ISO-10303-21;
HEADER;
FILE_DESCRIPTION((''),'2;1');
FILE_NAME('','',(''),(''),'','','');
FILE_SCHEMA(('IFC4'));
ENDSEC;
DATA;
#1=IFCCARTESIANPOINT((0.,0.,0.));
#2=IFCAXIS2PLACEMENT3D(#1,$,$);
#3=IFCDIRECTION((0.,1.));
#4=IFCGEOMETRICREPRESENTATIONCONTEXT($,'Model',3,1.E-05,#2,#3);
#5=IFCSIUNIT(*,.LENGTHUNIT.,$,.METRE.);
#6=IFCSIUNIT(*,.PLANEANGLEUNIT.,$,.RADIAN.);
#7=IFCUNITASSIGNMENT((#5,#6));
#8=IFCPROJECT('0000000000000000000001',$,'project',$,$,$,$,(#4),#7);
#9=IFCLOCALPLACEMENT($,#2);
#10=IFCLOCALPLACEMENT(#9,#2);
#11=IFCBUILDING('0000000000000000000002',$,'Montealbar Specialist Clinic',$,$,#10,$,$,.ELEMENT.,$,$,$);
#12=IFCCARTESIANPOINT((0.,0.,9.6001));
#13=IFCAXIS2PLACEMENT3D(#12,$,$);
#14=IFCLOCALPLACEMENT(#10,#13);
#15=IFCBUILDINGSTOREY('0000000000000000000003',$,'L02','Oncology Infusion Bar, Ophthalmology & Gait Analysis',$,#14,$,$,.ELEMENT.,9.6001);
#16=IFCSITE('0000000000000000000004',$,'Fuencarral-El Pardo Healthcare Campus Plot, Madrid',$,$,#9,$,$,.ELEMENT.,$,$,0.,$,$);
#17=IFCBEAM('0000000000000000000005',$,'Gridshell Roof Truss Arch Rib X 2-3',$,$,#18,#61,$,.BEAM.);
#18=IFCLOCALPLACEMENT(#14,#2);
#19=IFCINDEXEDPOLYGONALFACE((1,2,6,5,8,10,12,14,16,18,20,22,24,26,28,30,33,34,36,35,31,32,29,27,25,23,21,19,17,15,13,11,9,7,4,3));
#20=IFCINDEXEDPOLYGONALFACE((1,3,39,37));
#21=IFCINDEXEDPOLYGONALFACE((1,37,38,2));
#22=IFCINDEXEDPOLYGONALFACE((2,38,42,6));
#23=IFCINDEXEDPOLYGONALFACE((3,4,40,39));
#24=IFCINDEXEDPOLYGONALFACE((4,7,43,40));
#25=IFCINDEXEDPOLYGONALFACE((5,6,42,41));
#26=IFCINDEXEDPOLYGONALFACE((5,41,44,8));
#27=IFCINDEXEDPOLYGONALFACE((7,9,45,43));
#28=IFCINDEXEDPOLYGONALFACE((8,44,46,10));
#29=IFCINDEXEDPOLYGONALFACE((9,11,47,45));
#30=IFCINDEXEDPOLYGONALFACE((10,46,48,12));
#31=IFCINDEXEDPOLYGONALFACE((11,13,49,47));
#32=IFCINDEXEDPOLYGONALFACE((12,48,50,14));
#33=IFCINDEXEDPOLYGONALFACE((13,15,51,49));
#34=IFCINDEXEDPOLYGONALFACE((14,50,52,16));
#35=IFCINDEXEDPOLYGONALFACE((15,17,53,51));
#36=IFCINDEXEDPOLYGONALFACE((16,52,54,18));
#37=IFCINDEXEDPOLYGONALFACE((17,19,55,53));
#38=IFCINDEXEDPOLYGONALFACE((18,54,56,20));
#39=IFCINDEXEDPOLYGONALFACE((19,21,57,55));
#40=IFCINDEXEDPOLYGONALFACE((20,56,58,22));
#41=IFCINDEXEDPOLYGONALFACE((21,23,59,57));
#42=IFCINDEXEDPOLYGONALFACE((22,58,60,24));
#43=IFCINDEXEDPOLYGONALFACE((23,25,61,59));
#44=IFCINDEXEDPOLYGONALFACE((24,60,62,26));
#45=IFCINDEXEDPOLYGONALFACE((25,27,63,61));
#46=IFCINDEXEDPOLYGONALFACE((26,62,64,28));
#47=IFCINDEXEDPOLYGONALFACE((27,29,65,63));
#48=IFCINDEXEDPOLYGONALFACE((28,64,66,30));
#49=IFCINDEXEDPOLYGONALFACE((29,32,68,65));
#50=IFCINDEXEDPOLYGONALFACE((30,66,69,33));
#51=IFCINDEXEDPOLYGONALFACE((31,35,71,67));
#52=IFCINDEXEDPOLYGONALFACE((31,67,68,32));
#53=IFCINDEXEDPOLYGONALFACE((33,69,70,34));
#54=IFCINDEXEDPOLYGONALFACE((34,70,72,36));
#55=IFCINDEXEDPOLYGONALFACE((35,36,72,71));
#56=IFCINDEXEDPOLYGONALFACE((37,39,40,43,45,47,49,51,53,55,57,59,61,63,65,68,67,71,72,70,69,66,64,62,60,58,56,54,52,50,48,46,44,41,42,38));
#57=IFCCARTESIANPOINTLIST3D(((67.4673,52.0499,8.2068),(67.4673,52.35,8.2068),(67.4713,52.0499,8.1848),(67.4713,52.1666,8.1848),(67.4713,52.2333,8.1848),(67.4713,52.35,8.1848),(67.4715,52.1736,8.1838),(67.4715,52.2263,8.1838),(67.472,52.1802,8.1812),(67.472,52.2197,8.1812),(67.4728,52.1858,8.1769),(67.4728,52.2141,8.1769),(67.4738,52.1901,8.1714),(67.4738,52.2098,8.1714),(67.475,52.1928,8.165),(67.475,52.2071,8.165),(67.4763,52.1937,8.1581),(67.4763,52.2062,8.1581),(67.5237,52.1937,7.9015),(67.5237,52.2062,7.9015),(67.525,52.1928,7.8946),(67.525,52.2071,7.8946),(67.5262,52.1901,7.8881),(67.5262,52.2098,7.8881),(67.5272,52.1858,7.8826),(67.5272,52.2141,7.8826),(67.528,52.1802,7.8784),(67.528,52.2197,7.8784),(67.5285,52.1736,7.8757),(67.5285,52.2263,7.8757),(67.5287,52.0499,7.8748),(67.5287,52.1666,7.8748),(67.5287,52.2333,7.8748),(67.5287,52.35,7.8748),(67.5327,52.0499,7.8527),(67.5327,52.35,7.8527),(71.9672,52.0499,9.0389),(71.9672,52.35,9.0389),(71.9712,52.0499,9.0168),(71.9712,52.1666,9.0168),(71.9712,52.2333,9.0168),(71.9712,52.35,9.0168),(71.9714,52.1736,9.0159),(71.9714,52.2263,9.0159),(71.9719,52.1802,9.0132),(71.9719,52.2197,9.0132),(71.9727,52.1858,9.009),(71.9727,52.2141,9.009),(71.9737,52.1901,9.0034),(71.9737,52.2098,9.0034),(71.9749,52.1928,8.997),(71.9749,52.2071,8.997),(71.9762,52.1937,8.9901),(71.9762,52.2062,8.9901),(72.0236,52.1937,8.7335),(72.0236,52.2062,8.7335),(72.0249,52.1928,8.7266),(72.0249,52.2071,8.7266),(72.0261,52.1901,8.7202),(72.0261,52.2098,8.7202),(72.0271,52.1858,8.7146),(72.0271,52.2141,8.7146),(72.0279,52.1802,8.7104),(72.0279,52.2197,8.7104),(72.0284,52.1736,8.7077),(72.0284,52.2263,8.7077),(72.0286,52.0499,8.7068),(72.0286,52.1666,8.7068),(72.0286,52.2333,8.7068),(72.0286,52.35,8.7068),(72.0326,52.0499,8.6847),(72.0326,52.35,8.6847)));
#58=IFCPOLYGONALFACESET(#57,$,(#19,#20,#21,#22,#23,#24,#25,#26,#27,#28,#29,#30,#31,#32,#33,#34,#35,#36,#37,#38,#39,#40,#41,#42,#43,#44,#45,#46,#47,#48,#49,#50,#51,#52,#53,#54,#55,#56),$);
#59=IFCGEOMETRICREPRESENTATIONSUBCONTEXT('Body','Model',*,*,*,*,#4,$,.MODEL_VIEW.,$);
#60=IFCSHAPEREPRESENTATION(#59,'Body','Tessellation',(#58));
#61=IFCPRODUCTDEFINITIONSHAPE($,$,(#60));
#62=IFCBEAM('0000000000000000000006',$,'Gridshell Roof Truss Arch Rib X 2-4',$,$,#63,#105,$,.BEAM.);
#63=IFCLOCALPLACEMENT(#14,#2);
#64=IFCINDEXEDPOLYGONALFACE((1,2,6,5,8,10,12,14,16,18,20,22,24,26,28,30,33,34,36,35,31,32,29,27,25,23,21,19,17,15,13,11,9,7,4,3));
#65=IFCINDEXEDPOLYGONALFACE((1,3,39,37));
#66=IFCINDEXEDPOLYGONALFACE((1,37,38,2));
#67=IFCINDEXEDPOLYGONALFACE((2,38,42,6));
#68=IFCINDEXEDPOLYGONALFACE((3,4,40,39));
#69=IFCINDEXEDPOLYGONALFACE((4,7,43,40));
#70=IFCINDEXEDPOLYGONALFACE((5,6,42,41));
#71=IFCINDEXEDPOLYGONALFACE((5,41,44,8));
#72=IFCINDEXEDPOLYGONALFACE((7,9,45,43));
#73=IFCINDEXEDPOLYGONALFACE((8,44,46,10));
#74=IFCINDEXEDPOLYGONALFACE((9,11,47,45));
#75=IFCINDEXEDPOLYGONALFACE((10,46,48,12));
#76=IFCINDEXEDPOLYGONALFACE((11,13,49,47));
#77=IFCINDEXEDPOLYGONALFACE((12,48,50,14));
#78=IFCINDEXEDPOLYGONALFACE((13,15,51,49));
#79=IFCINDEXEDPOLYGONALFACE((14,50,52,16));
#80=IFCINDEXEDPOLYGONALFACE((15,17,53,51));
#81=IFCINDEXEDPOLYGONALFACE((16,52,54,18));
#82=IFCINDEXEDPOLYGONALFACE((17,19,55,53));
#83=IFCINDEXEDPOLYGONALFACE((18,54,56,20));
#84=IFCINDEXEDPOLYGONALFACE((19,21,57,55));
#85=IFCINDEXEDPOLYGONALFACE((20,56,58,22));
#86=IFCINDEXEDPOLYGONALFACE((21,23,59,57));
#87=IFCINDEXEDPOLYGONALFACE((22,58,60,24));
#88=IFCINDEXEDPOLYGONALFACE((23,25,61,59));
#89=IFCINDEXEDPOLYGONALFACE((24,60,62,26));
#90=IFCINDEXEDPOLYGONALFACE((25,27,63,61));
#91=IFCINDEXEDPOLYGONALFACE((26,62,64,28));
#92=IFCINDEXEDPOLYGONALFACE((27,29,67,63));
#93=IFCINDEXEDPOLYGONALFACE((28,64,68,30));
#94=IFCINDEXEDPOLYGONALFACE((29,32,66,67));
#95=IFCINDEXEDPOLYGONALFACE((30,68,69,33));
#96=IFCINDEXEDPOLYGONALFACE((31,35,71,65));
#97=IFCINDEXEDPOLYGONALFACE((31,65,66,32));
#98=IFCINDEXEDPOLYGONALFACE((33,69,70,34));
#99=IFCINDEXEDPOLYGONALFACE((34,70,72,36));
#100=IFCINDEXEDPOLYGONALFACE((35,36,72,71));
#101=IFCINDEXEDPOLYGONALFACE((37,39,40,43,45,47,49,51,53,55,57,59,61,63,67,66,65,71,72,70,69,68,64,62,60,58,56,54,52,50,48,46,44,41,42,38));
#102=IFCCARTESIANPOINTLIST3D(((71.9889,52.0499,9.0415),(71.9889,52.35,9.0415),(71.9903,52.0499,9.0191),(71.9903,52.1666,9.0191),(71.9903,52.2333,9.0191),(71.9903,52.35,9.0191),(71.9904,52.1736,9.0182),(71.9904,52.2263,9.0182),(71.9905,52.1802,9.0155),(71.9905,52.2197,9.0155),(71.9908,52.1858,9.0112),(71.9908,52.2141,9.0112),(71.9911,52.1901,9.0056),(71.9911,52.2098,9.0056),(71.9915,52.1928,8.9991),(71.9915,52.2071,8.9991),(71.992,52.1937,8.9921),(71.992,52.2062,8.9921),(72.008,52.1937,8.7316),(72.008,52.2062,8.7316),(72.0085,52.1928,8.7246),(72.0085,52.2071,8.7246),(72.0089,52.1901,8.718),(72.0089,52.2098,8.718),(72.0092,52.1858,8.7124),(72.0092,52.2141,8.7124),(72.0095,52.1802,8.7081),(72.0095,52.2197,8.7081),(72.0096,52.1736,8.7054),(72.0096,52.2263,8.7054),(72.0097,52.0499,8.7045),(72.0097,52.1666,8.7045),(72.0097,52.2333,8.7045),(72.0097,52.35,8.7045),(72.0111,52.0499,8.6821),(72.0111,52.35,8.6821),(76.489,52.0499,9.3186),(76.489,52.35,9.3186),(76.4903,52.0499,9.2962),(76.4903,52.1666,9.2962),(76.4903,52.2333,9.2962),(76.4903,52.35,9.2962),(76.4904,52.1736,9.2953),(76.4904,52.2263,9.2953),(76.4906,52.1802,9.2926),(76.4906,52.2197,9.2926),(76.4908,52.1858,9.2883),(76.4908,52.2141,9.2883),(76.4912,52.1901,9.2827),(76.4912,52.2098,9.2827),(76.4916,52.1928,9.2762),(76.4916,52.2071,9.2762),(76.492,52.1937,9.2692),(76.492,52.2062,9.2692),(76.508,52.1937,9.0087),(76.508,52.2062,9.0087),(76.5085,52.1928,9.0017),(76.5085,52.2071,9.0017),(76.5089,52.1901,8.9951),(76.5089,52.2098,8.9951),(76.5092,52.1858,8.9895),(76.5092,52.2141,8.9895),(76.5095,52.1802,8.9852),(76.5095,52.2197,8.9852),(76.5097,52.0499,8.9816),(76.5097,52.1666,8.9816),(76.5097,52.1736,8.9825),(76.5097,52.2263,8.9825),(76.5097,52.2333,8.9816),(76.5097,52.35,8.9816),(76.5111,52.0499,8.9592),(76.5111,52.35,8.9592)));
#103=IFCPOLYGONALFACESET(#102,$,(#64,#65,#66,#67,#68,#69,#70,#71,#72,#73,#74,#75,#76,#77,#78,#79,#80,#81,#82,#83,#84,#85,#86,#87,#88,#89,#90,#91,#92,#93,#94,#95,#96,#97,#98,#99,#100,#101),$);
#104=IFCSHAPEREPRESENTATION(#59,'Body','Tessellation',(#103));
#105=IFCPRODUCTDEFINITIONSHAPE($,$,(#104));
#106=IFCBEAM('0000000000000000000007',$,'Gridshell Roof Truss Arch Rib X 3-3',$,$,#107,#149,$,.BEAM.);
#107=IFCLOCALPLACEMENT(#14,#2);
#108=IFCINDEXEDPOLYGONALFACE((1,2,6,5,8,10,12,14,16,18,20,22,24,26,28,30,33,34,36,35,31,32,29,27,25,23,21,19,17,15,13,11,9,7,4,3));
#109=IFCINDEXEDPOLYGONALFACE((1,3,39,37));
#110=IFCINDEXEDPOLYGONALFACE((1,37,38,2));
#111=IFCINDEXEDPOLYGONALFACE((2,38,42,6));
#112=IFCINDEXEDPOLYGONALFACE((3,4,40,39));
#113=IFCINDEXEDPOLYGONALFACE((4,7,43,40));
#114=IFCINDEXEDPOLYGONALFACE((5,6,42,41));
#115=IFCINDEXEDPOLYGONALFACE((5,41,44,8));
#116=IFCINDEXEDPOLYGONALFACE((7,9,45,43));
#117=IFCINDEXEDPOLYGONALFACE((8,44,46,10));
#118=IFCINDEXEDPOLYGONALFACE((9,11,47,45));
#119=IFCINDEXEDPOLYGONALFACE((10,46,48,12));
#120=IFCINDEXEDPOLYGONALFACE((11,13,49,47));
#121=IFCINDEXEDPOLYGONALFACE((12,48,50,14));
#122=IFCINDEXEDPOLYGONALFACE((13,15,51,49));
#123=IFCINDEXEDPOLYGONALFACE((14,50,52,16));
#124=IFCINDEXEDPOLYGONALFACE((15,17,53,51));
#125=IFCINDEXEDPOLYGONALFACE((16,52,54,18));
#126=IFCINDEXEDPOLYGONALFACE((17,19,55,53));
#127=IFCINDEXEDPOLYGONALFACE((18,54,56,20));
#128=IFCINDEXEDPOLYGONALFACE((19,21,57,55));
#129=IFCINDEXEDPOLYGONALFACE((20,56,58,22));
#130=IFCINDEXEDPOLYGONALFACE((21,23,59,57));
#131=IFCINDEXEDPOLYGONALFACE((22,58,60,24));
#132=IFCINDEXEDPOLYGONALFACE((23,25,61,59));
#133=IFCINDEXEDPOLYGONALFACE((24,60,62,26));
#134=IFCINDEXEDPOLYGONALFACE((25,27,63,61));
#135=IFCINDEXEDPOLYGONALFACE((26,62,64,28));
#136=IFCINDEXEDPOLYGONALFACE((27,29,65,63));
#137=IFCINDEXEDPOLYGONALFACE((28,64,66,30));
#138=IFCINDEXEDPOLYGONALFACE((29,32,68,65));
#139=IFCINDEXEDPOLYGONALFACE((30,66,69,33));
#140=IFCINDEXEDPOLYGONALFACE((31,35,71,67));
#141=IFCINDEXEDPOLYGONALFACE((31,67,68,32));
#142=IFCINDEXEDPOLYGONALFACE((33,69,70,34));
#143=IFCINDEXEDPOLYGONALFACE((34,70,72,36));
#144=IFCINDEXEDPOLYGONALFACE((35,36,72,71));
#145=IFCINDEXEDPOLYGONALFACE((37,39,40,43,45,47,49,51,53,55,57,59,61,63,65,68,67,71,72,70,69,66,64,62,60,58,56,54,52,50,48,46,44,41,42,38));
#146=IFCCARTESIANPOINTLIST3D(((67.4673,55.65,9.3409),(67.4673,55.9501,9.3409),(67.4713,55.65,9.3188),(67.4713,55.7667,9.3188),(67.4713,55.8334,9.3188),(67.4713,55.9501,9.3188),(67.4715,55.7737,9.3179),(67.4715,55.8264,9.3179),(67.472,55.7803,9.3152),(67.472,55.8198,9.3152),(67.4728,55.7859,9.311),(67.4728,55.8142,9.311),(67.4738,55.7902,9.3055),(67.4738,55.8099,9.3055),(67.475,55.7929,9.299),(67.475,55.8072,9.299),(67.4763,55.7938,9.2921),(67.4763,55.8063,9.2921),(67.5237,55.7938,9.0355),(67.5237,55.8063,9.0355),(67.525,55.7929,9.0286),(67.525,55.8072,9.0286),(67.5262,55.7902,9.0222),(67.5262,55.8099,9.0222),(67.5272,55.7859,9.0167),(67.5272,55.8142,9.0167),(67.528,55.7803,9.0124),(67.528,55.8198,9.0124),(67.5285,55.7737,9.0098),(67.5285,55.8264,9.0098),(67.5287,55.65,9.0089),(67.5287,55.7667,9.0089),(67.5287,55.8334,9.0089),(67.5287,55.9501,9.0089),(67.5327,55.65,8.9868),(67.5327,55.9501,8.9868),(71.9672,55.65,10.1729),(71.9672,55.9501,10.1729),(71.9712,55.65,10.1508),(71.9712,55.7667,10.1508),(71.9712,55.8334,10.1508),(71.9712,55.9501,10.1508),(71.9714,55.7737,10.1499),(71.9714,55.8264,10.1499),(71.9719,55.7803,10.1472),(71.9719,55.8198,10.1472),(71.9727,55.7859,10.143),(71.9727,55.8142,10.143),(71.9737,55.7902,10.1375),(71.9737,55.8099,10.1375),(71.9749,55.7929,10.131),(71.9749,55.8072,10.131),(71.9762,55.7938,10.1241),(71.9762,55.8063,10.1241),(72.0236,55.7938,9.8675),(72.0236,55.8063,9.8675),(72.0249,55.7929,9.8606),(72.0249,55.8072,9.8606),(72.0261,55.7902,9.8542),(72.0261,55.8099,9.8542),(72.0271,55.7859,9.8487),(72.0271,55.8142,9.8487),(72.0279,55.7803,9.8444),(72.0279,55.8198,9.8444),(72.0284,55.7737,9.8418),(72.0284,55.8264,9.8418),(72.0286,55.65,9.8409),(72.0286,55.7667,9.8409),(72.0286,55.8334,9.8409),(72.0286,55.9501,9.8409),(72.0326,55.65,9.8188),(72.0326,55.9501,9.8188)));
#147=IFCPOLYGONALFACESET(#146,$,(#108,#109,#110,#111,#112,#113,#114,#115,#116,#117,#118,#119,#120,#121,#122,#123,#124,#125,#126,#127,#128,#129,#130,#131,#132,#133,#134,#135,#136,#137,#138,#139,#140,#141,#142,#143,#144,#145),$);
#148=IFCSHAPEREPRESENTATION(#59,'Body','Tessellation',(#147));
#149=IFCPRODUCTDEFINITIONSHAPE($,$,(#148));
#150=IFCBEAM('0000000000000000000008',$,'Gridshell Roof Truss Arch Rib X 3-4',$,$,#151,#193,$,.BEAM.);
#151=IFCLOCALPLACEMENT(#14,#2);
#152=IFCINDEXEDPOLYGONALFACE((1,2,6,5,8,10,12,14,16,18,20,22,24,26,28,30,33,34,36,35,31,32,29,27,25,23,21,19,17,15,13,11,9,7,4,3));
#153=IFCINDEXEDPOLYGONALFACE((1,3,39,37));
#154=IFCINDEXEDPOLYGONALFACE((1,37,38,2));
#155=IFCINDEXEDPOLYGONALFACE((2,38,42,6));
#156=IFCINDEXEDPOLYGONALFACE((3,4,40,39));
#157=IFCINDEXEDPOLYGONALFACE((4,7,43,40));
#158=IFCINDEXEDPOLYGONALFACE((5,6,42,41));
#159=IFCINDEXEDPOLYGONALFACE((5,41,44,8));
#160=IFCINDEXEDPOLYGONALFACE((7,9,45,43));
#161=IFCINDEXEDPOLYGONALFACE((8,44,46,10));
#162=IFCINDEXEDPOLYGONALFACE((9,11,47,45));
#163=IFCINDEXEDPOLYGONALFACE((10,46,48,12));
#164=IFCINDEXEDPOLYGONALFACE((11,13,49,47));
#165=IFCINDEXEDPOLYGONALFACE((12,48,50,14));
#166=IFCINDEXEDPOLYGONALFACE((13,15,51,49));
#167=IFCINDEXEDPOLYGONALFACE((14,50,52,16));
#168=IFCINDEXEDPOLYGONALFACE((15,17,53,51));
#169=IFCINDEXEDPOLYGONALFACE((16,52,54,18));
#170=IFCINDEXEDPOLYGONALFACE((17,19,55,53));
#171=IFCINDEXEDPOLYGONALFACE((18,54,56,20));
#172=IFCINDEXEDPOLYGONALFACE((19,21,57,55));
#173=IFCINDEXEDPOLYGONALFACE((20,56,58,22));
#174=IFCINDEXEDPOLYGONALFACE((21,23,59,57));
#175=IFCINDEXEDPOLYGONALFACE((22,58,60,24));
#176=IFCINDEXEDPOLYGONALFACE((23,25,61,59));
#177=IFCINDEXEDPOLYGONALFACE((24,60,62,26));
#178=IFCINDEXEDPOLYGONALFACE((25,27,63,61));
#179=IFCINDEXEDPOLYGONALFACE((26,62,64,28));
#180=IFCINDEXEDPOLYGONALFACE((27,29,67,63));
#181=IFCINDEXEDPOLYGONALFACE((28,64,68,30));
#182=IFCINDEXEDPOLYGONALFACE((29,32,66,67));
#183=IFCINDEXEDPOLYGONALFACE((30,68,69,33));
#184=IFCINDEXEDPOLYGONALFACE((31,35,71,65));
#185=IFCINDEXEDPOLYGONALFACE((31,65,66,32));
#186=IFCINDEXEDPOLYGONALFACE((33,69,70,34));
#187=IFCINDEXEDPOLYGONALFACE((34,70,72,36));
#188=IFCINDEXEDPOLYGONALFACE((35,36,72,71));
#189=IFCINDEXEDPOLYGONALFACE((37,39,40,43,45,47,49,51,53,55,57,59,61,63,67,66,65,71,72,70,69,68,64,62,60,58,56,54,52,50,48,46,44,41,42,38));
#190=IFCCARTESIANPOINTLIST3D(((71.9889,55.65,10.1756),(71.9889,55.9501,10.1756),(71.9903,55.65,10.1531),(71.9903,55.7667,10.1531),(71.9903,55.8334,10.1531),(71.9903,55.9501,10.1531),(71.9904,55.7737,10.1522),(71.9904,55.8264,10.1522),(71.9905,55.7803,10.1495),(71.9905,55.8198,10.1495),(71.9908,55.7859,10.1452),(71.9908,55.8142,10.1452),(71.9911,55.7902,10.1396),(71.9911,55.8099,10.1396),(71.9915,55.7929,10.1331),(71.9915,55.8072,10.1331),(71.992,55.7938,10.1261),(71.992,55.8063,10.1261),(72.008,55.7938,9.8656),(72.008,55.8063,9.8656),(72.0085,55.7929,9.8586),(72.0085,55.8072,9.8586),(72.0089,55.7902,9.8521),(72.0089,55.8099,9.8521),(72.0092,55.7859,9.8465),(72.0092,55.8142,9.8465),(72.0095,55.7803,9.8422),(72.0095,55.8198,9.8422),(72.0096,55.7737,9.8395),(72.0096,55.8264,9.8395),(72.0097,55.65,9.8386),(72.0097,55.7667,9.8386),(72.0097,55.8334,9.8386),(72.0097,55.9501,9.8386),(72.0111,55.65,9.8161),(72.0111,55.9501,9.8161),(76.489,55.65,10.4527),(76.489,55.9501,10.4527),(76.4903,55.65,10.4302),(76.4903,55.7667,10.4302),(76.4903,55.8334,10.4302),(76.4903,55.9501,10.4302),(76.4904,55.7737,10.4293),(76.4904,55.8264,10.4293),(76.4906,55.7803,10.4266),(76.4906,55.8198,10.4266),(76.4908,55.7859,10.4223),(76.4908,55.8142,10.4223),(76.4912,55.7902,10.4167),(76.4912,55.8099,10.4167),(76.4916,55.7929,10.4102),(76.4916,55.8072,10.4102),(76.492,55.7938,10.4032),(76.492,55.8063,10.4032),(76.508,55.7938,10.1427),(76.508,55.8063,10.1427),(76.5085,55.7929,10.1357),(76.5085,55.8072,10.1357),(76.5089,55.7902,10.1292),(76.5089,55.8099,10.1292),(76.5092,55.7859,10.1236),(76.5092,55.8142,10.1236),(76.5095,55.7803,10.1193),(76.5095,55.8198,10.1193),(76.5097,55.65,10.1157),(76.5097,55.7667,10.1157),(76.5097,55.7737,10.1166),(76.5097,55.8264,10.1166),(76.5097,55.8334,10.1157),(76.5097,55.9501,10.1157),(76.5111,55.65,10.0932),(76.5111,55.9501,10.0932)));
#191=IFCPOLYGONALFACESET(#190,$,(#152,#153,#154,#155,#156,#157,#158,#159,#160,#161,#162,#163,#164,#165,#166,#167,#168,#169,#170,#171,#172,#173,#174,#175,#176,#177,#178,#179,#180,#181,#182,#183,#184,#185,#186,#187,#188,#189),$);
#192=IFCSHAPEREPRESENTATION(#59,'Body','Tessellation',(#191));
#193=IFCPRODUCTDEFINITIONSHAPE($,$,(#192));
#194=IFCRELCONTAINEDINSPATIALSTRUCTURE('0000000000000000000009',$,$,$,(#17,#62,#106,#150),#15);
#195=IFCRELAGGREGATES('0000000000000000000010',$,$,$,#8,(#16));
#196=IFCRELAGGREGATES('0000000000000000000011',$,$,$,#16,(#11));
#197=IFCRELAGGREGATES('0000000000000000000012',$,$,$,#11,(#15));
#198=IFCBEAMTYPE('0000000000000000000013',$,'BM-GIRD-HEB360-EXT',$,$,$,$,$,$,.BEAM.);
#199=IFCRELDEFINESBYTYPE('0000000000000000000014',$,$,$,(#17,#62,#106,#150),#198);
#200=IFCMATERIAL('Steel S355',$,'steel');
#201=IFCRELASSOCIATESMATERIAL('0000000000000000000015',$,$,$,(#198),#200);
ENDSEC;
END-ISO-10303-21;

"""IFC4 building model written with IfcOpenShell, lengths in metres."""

from ifc_helpers import new_model, si_unit, direction, frame, origin, origin_2d, place, context, subcontext, project, spatial, i_section, extrude, material, material_profile, profile_set, type_object, element, save


model = new_model("IFC4")

# Units and contexts
model_context = context("Model", 3, precision=1e-05, world=origin(), true_north=direction((0.0, 1.0)))
body_context = subcontext(model_context, "Body", "Model", "MODEL_VIEW")
ifc_project = project(units=[si_unit("LENGTHUNIT", "METRE"), si_unit("PLANEANGLEUNIT", "RADIAN")], contexts=[model_context])

# Site, building, storey
site_placement = place(None, origin())
site = spatial("IfcSite", under=ifc_project, at=site_placement, Name="Fuencarral-El Pardo Healthcare Campus Plot, Madrid", CompositionType="ELEMENT", RefElevation=0.0)
building_placement = place(site_placement, origin())
building = spatial("IfcBuilding", under=site, at=building_placement, Name="Montealbar Specialist Clinic", CompositionType="ELEMENT")
storey_placement = place(building_placement, frame((0.0, 0.0, 9.6001)))
storey = spatial("IfcBuildingStorey", under=building, at=storey_placement, Name="L02", Description="Oncology Infusion Bar, Ophthalmology & Gait Analysis", CompositionType="ELEMENT", Elevation=9.6001)

# Beams
ifc_material_1 = material(Name="Steel S355", Category="steel")
ifc_material_profile_1 = material_profile(ifc_material_1, i_section(OverallWidth=0.3, OverallDepth=0.3601, WebThickness=0.0125, FlangeThickness=0.0225, FilletRadius=0.0271, at=origin_2d()), Name="HEB 360", Category="steel")
ifc_profile_set_1 = profile_set([ifc_material_profile_1], Name="Steel S355")
beam_type_1 = type_object("IfcBeamType", Name="BM-GIRD-HEB360-EXT", PredefinedType="BEAM", material=ifc_profile_set_1)
beam_1_placement = place(storey_placement, frame((67.5, 52.2, 8.0298), z_axis=(0.983333, 0.0, 0.181814), x_axis=(0.0, 1.0, 0.0)))
element("IfcBeam", 1, at=beam_1_placement, inside=storey, type_object=beam_type_1, Name="Gridshell Roof Truss Arch Rib X 2-3", PredefinedType="BEAM", context=body_context, shape_type="SweptSolid", body=[
    extrude(i_section(OverallWidth=0.3, OverallDepth=0.3601, WebThickness=0.0125, FlangeThickness=0.0225, FilletRadius=0.0271, at=origin_2d()), origin(), (0.0, 0.0, 1.0), 4.5762),
])
beam_2_placement = place(storey_placement, frame((72.0, 52.2, 8.8618), z_axis=(0.998109, 0.0, 0.061461), x_axis=(0.0, 1.0, 0.0)))
element("IfcBeam", 2, at=beam_2_placement, inside=storey, type_object=beam_type_1, Name="Gridshell Roof Truss Arch Rib X 2-4", PredefinedType="BEAM", context=body_context, shape_type="SweptSolid", body=[
    extrude(i_section(OverallWidth=0.3, OverallDepth=0.3601, WebThickness=0.0125, FlangeThickness=0.0225, FilletRadius=0.0271, at=origin_2d()), origin(), (0.0, 0.0, 1.0), 4.5085),
])
beam_3_placement = place(storey_placement, frame((67.5, 55.8, 9.1638), z_axis=(0.983333, 0.0, 0.181814), x_axis=(0.0, 1.0, 0.0)))
element("IfcBeam", 3, at=beam_3_placement, inside=storey, type_object=beam_type_1, Name="Gridshell Roof Truss Arch Rib X 3-3", PredefinedType="BEAM", context=body_context, shape_type="SweptSolid", body=[
    extrude(i_section(OverallWidth=0.3, OverallDepth=0.3601, WebThickness=0.0125, FlangeThickness=0.0225, FilletRadius=0.0271, at=origin_2d()), origin(), (0.0, 0.0, 1.0), 4.5762),
])
beam_4_placement = place(storey_placement, frame((72.0, 55.8, 9.9958), z_axis=(0.998109, 0.0, 0.061461), x_axis=(0.0, 1.0, 0.0)))
element("IfcBeam", 4, at=beam_4_placement, inside=storey, type_object=beam_type_1, Name="Gridshell Roof Truss Arch Rib X 3-4", PredefinedType="BEAM", context=body_context, shape_type="SweptSolid", body=[
    extrude(i_section(OverallWidth=0.3, OverallDepth=0.3601, WebThickness=0.0125, FlangeThickness=0.0225, FilletRadius=0.0271, at=origin_2d()), origin(), (0.0, 0.0, 1.0), 4.5085),
])

save(model, "model.ifc")
